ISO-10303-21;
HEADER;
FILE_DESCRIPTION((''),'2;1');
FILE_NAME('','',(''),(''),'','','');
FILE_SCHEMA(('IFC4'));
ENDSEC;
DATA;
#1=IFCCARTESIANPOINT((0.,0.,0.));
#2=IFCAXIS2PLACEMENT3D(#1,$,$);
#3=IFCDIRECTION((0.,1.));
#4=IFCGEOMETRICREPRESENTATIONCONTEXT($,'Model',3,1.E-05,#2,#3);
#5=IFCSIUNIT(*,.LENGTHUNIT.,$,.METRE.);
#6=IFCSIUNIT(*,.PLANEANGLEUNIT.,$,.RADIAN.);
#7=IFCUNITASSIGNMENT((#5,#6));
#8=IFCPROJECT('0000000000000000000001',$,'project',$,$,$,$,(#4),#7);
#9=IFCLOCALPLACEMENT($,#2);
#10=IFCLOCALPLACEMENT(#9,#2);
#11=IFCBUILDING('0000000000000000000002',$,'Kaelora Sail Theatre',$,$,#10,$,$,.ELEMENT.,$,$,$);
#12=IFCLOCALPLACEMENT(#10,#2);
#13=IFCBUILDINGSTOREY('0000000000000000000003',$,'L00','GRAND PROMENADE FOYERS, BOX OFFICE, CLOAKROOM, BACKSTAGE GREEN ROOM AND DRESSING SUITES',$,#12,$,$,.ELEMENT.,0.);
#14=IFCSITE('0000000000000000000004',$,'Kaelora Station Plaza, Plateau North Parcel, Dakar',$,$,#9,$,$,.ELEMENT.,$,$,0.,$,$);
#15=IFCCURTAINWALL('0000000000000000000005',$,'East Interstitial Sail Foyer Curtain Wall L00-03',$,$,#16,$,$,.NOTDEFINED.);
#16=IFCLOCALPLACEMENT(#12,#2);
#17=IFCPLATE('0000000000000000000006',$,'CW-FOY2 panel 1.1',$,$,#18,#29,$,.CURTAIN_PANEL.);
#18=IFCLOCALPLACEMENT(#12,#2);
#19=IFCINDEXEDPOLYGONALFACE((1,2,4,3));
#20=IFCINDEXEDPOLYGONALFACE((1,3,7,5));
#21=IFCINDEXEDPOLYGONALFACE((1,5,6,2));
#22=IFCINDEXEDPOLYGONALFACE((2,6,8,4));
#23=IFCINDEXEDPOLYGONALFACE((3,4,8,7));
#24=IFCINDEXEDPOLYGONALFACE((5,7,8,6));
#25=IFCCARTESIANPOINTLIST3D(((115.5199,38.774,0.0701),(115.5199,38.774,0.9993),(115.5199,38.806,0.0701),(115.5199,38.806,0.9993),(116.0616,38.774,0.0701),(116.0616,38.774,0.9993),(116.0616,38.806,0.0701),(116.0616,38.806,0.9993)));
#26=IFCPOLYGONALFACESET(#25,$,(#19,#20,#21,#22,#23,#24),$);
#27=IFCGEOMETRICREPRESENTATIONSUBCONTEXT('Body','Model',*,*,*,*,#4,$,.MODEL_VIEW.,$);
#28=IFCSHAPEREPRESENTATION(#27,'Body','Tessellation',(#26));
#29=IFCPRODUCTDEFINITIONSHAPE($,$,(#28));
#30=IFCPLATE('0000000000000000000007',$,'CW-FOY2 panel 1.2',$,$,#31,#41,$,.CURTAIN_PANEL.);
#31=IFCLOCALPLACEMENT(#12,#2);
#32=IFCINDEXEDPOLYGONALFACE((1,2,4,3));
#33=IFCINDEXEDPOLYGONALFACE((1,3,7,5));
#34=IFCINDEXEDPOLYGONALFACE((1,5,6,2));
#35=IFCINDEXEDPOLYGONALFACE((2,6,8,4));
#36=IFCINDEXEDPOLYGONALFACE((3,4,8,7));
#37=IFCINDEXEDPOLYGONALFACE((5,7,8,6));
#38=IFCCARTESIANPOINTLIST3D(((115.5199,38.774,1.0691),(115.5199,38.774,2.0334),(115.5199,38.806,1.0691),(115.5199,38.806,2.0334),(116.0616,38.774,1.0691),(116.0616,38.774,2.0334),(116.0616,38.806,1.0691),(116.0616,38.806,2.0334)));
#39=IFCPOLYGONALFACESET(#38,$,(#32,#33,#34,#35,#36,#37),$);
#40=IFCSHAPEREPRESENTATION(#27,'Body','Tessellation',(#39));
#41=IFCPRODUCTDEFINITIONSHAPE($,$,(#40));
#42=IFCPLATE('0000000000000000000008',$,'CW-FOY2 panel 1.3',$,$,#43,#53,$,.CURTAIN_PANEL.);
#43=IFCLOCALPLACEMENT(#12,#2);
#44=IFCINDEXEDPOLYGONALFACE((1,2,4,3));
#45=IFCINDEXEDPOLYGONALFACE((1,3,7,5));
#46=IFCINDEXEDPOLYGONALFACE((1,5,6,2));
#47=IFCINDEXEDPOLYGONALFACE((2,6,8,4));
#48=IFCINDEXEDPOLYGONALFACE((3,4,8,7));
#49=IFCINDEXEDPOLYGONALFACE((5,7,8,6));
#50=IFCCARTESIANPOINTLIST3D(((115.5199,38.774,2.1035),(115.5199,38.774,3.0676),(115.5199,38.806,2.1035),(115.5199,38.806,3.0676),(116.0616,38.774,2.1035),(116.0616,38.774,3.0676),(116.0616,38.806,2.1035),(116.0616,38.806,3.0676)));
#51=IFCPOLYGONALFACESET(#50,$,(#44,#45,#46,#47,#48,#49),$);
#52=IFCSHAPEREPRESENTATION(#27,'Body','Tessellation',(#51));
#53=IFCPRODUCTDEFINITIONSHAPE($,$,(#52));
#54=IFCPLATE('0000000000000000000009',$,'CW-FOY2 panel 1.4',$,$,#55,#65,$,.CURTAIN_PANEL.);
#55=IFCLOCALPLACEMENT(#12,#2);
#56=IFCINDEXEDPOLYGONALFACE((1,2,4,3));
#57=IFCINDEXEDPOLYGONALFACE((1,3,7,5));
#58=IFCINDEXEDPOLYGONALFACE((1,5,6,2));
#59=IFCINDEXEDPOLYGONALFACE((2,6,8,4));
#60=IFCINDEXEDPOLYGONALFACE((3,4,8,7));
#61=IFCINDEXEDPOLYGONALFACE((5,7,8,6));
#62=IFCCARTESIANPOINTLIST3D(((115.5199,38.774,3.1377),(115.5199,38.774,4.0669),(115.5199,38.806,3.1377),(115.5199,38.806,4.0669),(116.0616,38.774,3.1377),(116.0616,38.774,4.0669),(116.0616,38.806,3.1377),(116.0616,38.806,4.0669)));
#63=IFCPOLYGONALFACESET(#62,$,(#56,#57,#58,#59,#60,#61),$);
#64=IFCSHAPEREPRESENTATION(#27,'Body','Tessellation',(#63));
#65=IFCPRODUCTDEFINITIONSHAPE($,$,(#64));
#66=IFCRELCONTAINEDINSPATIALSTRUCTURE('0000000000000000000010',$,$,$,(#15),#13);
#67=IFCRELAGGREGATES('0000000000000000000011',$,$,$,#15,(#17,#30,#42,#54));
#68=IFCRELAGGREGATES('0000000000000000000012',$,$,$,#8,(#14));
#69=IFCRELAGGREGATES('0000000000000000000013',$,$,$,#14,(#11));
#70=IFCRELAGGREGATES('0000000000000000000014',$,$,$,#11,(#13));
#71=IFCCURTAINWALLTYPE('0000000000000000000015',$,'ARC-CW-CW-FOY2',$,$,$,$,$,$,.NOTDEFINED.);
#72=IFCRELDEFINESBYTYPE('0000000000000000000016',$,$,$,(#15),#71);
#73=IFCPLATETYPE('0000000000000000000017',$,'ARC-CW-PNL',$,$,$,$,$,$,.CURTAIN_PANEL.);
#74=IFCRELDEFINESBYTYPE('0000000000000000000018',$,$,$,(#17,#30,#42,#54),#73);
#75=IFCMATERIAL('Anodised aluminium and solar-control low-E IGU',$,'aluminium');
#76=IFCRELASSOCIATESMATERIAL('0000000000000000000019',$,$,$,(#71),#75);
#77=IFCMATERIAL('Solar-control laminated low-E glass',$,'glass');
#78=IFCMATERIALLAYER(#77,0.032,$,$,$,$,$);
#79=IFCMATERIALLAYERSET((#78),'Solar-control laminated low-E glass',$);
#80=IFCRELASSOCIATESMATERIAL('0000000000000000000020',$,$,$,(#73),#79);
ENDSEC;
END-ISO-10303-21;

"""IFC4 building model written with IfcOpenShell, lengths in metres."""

from ifc_helpers import new_model, si_unit, direction, frame, origin, origin_2d, place, context, subcontext, project, spatial, rectangle, extrude, material, layer, layer_set, type_object, element, aggregate, save


model = new_model("IFC4")

# Units and contexts
model_context = context("Model", 3, precision=1e-05, world=origin(), true_north=direction((0.0, 1.0)))
body_context = subcontext(model_context, "Body", "Model", "MODEL_VIEW")
ifc_project = project(units=[si_unit("LENGTHUNIT", "METRE"), si_unit("PLANEANGLEUNIT", "RADIAN")], contexts=[model_context])

# Site, building, storey
site_placement = place(None, origin())
site = spatial("IfcSite", under=ifc_project, at=site_placement, Name="Kaelora Station Plaza, Plateau North Parcel, Dakar", CompositionType="ELEMENT", RefElevation=0.0)
building_placement = place(site_placement, origin())
building = spatial("IfcBuilding", under=site, at=building_placement, Name="Kaelora Sail Theatre", CompositionType="ELEMENT")
storey_placement = place(building_placement, origin())
storey = spatial("IfcBuildingStorey", under=building, at=storey_placement, Name="L00", Description="GRAND PROMENADE FOYERS, BOX OFFICE, CLOAKROOM, BACKSTAGE GREEN ROOM AND DRESSING SUITES", CompositionType="ELEMENT", Elevation=0.0)

# Shared definitions
ifc_material_1 = material(Name="Anodised aluminium and solar-control low-E IGU", Category="aluminium")
curtain_wall_type = type_object("IfcCurtainWallType", Name="ARC-CW-CW-FOY2", PredefinedType="NOTDEFINED", material=ifc_material_1)

# Curtain wall
curtain_wall_1_placement = place(storey_placement, origin())
curtain_wall_1 = element("IfcCurtainWall", 1, at=curtain_wall_1_placement, inside=storey, type_object=curtain_wall_type, Name="East Interstitial Sail Foyer Curtain Wall L00-03", PredefinedType="NOTDEFINED")

# Plates
ifc_material_2 = material(Name="Solar-control laminated low-E glass", Category="glass")
ifc_layer = layer(ifc_material_2, 0.032)
ifc_layer_set = layer_set([ifc_layer], Name="Solar-control laminated low-E glass")
plate_type = type_object("IfcPlateType", Name="ARC-CW-PNL", PredefinedType="CURTAIN_PANEL", material=ifc_layer_set)
plate_1_placement = place(storey_placement, frame((115.7908, 38.79, 0.0701), z_axis=(0.0, 0.0, 1.0), x_axis=(1.0, 0.0, 0.0)))
plate_1 = element("IfcPlate", 2, at=plate_1_placement, type_object=plate_type, Name="CW-FOY2 panel 1.1", PredefinedType="CURTAIN_PANEL", context=body_context, shape_type="SweptSolid", body=[
    extrude(rectangle(XDim=0.5417, YDim=0.032, at=origin_2d()), origin(), (0.0, 0.0, 1.0), 0.9292),
])
plate_2_placement = place(storey_placement, frame((115.7908, 38.79, 1.0691), z_axis=(0.0, 0.0, 1.0), x_axis=(1.0, 0.0, 0.0)))
plate_2 = element("IfcPlate", 3, at=plate_2_placement, type_object=plate_type, Name="CW-FOY2 panel 1.2", PredefinedType="CURTAIN_PANEL", context=body_context, shape_type="SweptSolid", body=[
    extrude(rectangle(XDim=0.5417, YDim=0.032, at=origin_2d()), origin(), (0.0, 0.0, 1.0), 0.9644),
])
plate_3_placement = place(storey_placement, frame((115.7908, 38.79, 2.1035), z_axis=(0.0, 0.0, 1.0), x_axis=(1.0, 0.0, 0.0)))
plate_3 = element("IfcPlate", 4, at=plate_3_placement, type_object=plate_type, Name="CW-FOY2 panel 1.3", PredefinedType="CURTAIN_PANEL", context=body_context, shape_type="SweptSolid", body=[
    extrude(rectangle(XDim=0.5417, YDim=0.032, at=origin_2d()), origin(), (0.0, 0.0, 1.0), 0.9641),
])
plate_4_placement = place(storey_placement, frame((115.7908, 38.79, 3.1377), z_axis=(0.0, 0.0, 1.0), x_axis=(1.0, 0.0, 0.0)))
plate_4 = element("IfcPlate", 5, at=plate_4_placement, type_object=plate_type, Name="CW-FOY2 panel 1.4", PredefinedType="CURTAIN_PANEL", context=body_context, shape_type="SweptSolid", body=[
    extrude(rectangle(XDim=0.5417, YDim=0.032, at=origin_2d()), origin(), (0.0, 0.0, 1.0), 0.9292),
])
aggregate(curtain_wall_1, [plate_1, plate_2, plate_3, plate_4])

save(model, "model.ifc")
